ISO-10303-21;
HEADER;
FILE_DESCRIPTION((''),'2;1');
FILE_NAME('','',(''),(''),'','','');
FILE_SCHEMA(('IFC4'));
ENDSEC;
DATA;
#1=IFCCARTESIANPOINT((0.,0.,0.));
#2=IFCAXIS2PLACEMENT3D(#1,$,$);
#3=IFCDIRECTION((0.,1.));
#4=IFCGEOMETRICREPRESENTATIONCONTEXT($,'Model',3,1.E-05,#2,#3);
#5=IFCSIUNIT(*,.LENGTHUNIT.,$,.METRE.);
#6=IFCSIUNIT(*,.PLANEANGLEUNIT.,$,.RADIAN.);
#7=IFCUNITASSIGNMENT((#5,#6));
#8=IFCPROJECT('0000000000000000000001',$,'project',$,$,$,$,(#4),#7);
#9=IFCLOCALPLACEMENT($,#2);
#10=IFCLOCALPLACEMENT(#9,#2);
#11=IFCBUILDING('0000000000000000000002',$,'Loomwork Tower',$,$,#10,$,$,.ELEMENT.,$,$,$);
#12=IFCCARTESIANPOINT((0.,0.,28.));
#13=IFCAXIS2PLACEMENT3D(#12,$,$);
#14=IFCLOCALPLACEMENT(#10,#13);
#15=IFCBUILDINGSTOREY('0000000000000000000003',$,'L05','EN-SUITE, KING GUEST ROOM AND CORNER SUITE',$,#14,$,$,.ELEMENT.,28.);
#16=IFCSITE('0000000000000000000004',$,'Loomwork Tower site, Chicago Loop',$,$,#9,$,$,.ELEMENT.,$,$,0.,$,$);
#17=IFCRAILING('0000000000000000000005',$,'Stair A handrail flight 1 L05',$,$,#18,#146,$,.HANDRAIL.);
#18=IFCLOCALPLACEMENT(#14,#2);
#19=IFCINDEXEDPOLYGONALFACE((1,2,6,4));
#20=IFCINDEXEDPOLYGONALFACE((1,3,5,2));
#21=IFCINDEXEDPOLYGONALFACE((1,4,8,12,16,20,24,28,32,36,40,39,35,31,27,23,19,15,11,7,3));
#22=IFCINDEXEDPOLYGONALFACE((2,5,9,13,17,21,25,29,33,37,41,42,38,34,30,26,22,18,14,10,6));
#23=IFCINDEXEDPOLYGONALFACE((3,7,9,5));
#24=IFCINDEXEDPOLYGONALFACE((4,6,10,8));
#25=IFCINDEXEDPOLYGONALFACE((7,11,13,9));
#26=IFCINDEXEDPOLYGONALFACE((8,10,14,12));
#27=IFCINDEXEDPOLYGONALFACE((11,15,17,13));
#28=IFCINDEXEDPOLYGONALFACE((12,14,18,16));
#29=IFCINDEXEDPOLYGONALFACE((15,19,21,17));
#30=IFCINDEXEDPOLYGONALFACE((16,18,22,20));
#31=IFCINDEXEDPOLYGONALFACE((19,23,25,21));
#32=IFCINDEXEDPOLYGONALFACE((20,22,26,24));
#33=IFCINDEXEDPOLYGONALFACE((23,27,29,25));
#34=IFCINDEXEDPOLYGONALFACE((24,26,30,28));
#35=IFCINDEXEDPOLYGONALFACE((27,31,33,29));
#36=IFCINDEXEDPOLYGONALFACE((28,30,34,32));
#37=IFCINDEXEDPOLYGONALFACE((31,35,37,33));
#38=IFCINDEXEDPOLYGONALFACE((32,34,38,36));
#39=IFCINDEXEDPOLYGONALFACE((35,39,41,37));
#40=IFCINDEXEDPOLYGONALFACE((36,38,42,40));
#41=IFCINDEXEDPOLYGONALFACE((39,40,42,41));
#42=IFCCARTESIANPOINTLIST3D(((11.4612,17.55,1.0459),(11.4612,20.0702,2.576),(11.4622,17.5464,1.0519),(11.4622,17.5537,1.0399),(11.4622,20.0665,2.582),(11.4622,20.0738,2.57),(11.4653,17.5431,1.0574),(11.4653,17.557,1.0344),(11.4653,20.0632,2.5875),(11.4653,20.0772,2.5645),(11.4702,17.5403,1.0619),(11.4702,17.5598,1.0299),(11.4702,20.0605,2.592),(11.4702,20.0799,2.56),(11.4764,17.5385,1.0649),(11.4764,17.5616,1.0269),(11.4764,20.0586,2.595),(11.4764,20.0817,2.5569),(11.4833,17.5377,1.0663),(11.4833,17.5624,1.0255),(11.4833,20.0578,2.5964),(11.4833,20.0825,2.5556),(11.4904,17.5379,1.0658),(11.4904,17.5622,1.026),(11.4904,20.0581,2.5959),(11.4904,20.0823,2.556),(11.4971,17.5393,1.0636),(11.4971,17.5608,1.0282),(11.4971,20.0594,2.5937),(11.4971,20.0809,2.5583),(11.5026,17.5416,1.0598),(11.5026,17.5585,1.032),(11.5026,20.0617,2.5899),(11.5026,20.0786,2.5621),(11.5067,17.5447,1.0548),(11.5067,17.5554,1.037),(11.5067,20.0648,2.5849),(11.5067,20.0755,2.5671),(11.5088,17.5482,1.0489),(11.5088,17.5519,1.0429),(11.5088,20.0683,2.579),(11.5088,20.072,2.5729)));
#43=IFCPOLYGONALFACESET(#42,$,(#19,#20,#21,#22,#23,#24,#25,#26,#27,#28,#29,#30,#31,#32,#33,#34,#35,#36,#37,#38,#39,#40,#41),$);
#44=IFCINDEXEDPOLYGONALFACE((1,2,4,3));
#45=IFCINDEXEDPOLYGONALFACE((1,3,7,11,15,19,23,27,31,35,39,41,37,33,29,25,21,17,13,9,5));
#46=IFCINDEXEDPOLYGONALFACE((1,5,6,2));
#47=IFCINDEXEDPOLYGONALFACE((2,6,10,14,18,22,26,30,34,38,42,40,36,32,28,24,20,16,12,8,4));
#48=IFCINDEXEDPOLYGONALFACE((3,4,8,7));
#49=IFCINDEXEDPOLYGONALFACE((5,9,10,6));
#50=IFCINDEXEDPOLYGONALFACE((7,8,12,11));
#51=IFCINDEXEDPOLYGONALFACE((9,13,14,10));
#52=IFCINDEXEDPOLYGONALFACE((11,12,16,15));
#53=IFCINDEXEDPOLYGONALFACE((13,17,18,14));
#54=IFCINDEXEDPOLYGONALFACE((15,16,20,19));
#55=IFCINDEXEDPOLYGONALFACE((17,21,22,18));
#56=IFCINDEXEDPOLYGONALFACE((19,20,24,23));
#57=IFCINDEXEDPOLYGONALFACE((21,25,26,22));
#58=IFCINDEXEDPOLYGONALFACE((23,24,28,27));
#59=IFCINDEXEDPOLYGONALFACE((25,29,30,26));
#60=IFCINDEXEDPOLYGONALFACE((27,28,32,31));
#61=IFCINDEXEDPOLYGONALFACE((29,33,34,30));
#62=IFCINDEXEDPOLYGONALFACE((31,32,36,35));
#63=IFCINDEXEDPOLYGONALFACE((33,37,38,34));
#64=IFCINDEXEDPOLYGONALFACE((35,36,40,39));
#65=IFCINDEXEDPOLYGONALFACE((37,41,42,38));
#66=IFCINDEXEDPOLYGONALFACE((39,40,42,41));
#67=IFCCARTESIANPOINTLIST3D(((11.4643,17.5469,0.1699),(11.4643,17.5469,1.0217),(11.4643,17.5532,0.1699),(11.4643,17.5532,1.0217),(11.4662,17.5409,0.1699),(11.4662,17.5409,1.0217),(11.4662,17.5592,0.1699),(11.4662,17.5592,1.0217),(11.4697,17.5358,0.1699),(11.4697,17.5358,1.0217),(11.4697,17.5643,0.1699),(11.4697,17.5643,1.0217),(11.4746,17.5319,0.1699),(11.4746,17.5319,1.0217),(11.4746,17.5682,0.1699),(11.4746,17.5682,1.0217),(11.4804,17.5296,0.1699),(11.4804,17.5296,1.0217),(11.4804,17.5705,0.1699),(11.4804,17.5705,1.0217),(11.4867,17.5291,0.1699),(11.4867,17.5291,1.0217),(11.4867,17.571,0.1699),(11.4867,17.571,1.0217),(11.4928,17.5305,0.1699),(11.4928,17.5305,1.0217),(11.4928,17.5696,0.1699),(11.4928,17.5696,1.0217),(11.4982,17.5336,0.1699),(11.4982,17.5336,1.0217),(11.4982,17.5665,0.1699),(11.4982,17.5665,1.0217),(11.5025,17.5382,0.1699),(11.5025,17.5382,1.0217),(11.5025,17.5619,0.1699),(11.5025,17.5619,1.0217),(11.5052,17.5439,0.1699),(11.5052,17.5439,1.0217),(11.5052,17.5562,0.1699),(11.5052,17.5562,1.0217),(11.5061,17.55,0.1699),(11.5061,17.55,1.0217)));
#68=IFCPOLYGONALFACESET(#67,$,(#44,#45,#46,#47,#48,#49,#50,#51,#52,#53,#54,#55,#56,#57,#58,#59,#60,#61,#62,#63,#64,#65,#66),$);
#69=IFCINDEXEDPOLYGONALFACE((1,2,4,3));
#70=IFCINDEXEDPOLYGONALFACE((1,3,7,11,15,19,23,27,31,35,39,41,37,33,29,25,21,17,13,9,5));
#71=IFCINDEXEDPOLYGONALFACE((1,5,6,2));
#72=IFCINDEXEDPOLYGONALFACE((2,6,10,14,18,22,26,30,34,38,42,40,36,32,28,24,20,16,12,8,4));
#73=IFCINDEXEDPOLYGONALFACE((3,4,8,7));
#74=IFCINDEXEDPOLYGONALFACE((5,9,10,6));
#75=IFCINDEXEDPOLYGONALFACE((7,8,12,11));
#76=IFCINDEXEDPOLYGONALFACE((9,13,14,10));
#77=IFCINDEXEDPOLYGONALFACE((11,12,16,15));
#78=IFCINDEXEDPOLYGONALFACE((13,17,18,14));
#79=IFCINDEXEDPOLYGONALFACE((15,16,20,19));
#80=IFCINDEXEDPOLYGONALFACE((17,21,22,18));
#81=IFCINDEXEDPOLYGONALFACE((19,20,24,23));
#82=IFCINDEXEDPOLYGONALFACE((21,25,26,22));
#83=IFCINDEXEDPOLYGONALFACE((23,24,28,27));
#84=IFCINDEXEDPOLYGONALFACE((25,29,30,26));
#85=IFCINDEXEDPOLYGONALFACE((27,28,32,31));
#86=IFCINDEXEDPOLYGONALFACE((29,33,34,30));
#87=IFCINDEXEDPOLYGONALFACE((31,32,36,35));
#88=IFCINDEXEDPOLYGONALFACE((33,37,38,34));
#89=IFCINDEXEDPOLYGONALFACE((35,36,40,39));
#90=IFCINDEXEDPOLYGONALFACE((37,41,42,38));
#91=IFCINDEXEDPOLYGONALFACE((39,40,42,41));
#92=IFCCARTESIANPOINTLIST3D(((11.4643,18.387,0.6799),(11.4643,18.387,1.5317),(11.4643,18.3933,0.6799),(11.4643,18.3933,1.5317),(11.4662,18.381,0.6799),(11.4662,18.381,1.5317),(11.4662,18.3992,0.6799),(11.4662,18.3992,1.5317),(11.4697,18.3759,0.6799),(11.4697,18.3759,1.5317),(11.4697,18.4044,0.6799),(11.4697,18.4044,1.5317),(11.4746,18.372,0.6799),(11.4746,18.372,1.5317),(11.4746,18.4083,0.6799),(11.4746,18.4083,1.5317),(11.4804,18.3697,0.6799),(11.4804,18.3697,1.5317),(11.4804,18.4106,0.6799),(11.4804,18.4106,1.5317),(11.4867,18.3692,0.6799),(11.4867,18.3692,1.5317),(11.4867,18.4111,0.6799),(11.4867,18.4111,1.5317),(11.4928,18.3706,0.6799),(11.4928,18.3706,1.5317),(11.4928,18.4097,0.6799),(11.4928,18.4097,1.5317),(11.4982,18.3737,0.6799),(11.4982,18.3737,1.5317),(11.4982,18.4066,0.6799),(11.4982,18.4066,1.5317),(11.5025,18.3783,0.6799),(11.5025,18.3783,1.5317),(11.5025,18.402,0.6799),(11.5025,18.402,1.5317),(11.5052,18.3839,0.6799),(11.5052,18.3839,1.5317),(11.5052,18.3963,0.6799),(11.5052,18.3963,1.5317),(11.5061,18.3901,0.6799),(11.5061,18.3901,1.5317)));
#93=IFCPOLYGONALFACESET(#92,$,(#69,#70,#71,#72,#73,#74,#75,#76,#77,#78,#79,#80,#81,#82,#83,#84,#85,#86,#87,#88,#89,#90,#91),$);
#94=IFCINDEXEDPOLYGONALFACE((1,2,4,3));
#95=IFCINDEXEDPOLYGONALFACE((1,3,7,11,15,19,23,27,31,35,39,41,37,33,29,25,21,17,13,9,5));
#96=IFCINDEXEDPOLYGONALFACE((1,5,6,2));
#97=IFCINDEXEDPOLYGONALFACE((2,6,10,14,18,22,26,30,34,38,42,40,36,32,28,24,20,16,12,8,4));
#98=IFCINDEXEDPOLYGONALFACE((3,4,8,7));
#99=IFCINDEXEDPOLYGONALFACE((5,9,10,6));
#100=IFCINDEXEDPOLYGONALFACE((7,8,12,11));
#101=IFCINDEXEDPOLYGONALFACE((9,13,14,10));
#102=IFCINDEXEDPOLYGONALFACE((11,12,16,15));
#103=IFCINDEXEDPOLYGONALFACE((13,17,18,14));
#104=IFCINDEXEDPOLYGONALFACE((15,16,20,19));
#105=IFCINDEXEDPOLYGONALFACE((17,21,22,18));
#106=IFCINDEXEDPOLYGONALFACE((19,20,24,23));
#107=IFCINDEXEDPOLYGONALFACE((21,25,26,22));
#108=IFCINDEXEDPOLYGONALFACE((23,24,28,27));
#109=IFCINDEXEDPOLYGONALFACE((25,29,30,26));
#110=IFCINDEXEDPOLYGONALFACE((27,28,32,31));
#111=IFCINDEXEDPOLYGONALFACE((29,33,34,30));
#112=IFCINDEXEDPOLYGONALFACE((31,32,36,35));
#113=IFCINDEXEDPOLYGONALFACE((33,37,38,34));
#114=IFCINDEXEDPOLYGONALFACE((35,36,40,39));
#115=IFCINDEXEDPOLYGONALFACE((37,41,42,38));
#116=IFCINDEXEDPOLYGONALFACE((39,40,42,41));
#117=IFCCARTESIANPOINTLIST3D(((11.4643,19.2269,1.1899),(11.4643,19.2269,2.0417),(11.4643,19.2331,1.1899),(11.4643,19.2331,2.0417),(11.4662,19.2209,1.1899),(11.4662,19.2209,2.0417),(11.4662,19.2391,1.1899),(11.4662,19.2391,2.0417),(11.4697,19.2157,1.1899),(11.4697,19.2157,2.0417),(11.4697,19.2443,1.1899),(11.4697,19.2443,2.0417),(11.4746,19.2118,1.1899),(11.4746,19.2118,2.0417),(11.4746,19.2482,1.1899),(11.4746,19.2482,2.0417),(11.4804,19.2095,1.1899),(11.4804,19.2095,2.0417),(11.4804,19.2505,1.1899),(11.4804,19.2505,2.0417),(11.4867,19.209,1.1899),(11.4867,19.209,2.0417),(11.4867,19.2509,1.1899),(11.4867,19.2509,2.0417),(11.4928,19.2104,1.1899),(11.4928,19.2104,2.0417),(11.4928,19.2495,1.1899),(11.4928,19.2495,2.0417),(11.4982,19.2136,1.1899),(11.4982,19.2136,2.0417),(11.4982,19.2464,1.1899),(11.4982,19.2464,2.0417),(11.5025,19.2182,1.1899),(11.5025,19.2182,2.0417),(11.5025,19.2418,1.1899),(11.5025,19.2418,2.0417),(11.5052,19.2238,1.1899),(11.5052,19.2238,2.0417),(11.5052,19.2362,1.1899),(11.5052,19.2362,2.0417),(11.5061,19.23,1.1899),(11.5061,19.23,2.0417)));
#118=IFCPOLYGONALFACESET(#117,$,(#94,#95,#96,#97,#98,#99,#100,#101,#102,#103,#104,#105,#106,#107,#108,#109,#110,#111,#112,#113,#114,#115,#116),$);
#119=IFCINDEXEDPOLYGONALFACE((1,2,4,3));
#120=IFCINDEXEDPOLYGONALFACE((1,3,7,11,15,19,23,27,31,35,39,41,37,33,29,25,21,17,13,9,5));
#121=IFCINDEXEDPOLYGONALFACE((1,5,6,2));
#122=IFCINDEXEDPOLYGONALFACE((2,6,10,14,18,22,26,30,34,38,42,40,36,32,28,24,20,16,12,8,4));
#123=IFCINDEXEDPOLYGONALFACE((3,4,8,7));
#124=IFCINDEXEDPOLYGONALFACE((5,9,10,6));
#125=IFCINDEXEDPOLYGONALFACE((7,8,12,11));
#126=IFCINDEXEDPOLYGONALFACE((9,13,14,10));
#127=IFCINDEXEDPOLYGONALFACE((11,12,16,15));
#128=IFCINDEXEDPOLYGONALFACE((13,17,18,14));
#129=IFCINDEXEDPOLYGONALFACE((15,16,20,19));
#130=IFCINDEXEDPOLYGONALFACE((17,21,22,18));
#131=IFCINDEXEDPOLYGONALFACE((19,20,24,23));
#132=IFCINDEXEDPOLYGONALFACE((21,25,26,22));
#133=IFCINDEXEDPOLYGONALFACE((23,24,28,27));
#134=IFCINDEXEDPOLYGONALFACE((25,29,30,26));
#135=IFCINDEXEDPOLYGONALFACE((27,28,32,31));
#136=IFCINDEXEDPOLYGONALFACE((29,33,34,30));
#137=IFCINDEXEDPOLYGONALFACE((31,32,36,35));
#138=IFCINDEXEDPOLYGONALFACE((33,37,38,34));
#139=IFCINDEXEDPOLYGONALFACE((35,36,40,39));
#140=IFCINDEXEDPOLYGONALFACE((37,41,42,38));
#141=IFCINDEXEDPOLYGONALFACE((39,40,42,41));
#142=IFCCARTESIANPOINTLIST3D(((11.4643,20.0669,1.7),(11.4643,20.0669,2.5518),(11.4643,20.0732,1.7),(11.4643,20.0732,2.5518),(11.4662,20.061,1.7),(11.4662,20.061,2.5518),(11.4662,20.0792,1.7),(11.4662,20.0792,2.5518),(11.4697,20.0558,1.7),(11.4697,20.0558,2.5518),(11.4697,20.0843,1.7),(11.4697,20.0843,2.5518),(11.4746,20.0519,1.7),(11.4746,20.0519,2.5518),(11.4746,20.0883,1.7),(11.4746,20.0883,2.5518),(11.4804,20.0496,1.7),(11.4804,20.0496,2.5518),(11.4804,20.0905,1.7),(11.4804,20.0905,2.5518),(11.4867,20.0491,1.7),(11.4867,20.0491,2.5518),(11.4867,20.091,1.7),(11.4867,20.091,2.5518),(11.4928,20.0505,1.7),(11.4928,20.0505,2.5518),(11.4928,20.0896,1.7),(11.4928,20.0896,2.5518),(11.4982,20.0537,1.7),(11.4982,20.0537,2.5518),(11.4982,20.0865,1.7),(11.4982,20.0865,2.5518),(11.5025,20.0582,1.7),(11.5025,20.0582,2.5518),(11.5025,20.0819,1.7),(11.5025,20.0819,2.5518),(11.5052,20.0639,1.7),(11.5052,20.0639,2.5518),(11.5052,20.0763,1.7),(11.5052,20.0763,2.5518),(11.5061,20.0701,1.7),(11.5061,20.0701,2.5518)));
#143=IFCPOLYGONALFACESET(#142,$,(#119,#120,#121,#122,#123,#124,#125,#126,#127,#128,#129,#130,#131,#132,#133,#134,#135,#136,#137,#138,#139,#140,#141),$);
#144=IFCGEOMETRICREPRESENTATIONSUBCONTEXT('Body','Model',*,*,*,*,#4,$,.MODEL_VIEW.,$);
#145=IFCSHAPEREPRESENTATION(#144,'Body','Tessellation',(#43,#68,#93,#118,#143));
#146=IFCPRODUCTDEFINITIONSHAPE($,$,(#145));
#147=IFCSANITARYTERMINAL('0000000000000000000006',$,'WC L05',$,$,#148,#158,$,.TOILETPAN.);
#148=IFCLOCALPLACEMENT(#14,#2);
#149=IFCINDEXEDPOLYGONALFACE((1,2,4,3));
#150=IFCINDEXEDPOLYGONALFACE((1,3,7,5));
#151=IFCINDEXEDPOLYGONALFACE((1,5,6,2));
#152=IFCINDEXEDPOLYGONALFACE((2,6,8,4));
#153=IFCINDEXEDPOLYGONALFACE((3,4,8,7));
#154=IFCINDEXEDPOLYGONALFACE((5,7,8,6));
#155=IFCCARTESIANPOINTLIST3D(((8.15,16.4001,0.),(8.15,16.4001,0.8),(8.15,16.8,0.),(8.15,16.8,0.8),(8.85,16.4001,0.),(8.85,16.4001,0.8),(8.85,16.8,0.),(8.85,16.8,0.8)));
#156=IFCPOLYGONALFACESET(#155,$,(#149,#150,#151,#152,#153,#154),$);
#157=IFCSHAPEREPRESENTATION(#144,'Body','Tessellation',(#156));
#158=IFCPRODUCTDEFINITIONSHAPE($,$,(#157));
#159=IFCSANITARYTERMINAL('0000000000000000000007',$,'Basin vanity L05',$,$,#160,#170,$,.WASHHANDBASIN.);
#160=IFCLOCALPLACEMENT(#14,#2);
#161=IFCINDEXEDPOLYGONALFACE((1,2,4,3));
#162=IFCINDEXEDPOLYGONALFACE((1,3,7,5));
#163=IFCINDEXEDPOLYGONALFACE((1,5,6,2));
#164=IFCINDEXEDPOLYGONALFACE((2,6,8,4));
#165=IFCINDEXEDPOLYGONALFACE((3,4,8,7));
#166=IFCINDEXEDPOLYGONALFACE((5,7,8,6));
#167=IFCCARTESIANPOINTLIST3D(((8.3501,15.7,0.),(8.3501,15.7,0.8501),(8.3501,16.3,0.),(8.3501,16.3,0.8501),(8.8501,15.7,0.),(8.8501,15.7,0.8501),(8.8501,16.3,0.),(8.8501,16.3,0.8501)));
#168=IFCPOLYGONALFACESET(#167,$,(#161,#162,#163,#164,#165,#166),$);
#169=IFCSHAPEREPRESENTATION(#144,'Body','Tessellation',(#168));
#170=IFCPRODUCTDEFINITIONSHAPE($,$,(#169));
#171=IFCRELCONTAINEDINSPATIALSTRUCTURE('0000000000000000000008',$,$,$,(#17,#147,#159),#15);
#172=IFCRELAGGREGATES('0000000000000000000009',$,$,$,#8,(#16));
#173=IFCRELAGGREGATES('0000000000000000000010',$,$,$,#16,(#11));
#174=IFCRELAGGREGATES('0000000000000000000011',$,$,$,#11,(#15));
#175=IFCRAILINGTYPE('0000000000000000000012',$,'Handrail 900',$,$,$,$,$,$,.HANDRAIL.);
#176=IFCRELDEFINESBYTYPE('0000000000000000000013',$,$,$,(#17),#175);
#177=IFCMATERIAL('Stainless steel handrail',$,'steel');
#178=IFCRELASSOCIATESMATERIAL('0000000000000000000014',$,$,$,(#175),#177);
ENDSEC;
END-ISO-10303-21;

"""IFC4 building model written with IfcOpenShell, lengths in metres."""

from ifc_helpers import new_model, si_unit, direction, frame, origin, origin_2d, place, context, subcontext, project, spatial, rectangle, circle, extrude, material, type_object, element, save


model = new_model("IFC4")

# Units and contexts
model_context = context("Model", 3, precision=1e-05, world=origin(), true_north=direction((0.0, 1.0)))
body_context = subcontext(model_context, "Body", "Model", "MODEL_VIEW")
ifc_project = project(units=[si_unit("LENGTHUNIT", "METRE"), si_unit("PLANEANGLEUNIT", "RADIAN")], contexts=[model_context])

# Site, building, storey
site_placement = place(None, origin())
site = spatial("IfcSite", under=ifc_project, at=site_placement, Name="Loomwork Tower site, Chicago Loop", CompositionType="ELEMENT", RefElevation=0.0)
building_placement = place(site_placement, origin())
building = spatial("IfcBuilding", under=site, at=building_placement, Name="Loomwork Tower", CompositionType="ELEMENT")
storey_placement = place(building_placement, frame((0.0, 0.0, 28.0)))
storey = spatial("IfcBuildingStorey", under=building, at=storey_placement, Name="L05", Description="EN-SUITE, KING GUEST ROOM AND CORNER SUITE", CompositionType="ELEMENT", Elevation=28.0)

# Railing
ifc_material_1 = material(Name="Stainless steel handrail", Category="steel")
railing_type = type_object("IfcRailingType", Name="Handrail 900", PredefinedType="HANDRAIL", material=ifc_material_1)
railing_placement = place(storey_placement, frame((11.4851, 17.55, 0.1699)))
element("IfcRailing", 1, at=railing_placement, inside=storey, type_object=railing_type, Name="Stair A handrail flight 1 L05", PredefinedType="HANDRAIL", context=body_context, shape_type="SweptSolid", body=[
    extrude(circle(Radius=0.0239, at=origin_2d()), frame((0.0, 0.0, 0.876), z_axis=(0.0, 0.854785, 0.518982), x_axis=(-1.0, 0.0, 0.0)), (0.0, 0.0, 1.0), 2.9482),
    extrude(circle(Radius=0.021, at=origin_2d()), origin(), (0.0, 0.0, 1.0), 0.8518),
    extrude(circle(Radius=0.021, at=origin_2d()), frame((0.0, 0.8401, 0.51)), (0.0, 0.0, 1.0), 0.8518),
    extrude(circle(Radius=0.021, at=origin_2d()), frame((0.0, 1.6799, 1.02)), (0.0, 0.0, 1.0), 0.8518),
    extrude(circle(Radius=0.021, at=origin_2d()), frame((0.0, 2.52, 1.53)), (0.0, 0.0, 1.0), 0.8518),
])

# Sanitary terminals
sanitary_terminal_1_placement = place(storey_placement, frame((8.5, 16.6001, 0.0), z_axis=(0.0, 0.0, 1.0), x_axis=(1.0, 0.0, 0.0)))
element("IfcSanitaryTerminal", 2, at=sanitary_terminal_1_placement, inside=storey, Name="WC L05", PredefinedType="TOILETPAN", context=body_context, shape_type="SweptSolid", body=[
    extrude(rectangle(XDim=0.7, YDim=0.3999, at=origin_2d()), origin(), (0.0, 0.0, 1.0), 0.8),
])
sanitary_terminal_2_placement = place(storey_placement, frame((8.6001, 16.0, 0.0), z_axis=(0.0, 0.0, 1.0), x_axis=(1.0, 0.0, 0.0)))
element("IfcSanitaryTerminal", 3, at=sanitary_terminal_2_placement, inside=storey, Name="Basin vanity L05", PredefinedType="WASHHANDBASIN", context=body_context, shape_type="SweptSolid", body=[
    extrude(rectangle(XDim=0.5, YDim=0.6001, at=origin_2d()), origin(), (0.0, 0.0, 1.0), 0.8501),
])

save(model, "model.ifc")
